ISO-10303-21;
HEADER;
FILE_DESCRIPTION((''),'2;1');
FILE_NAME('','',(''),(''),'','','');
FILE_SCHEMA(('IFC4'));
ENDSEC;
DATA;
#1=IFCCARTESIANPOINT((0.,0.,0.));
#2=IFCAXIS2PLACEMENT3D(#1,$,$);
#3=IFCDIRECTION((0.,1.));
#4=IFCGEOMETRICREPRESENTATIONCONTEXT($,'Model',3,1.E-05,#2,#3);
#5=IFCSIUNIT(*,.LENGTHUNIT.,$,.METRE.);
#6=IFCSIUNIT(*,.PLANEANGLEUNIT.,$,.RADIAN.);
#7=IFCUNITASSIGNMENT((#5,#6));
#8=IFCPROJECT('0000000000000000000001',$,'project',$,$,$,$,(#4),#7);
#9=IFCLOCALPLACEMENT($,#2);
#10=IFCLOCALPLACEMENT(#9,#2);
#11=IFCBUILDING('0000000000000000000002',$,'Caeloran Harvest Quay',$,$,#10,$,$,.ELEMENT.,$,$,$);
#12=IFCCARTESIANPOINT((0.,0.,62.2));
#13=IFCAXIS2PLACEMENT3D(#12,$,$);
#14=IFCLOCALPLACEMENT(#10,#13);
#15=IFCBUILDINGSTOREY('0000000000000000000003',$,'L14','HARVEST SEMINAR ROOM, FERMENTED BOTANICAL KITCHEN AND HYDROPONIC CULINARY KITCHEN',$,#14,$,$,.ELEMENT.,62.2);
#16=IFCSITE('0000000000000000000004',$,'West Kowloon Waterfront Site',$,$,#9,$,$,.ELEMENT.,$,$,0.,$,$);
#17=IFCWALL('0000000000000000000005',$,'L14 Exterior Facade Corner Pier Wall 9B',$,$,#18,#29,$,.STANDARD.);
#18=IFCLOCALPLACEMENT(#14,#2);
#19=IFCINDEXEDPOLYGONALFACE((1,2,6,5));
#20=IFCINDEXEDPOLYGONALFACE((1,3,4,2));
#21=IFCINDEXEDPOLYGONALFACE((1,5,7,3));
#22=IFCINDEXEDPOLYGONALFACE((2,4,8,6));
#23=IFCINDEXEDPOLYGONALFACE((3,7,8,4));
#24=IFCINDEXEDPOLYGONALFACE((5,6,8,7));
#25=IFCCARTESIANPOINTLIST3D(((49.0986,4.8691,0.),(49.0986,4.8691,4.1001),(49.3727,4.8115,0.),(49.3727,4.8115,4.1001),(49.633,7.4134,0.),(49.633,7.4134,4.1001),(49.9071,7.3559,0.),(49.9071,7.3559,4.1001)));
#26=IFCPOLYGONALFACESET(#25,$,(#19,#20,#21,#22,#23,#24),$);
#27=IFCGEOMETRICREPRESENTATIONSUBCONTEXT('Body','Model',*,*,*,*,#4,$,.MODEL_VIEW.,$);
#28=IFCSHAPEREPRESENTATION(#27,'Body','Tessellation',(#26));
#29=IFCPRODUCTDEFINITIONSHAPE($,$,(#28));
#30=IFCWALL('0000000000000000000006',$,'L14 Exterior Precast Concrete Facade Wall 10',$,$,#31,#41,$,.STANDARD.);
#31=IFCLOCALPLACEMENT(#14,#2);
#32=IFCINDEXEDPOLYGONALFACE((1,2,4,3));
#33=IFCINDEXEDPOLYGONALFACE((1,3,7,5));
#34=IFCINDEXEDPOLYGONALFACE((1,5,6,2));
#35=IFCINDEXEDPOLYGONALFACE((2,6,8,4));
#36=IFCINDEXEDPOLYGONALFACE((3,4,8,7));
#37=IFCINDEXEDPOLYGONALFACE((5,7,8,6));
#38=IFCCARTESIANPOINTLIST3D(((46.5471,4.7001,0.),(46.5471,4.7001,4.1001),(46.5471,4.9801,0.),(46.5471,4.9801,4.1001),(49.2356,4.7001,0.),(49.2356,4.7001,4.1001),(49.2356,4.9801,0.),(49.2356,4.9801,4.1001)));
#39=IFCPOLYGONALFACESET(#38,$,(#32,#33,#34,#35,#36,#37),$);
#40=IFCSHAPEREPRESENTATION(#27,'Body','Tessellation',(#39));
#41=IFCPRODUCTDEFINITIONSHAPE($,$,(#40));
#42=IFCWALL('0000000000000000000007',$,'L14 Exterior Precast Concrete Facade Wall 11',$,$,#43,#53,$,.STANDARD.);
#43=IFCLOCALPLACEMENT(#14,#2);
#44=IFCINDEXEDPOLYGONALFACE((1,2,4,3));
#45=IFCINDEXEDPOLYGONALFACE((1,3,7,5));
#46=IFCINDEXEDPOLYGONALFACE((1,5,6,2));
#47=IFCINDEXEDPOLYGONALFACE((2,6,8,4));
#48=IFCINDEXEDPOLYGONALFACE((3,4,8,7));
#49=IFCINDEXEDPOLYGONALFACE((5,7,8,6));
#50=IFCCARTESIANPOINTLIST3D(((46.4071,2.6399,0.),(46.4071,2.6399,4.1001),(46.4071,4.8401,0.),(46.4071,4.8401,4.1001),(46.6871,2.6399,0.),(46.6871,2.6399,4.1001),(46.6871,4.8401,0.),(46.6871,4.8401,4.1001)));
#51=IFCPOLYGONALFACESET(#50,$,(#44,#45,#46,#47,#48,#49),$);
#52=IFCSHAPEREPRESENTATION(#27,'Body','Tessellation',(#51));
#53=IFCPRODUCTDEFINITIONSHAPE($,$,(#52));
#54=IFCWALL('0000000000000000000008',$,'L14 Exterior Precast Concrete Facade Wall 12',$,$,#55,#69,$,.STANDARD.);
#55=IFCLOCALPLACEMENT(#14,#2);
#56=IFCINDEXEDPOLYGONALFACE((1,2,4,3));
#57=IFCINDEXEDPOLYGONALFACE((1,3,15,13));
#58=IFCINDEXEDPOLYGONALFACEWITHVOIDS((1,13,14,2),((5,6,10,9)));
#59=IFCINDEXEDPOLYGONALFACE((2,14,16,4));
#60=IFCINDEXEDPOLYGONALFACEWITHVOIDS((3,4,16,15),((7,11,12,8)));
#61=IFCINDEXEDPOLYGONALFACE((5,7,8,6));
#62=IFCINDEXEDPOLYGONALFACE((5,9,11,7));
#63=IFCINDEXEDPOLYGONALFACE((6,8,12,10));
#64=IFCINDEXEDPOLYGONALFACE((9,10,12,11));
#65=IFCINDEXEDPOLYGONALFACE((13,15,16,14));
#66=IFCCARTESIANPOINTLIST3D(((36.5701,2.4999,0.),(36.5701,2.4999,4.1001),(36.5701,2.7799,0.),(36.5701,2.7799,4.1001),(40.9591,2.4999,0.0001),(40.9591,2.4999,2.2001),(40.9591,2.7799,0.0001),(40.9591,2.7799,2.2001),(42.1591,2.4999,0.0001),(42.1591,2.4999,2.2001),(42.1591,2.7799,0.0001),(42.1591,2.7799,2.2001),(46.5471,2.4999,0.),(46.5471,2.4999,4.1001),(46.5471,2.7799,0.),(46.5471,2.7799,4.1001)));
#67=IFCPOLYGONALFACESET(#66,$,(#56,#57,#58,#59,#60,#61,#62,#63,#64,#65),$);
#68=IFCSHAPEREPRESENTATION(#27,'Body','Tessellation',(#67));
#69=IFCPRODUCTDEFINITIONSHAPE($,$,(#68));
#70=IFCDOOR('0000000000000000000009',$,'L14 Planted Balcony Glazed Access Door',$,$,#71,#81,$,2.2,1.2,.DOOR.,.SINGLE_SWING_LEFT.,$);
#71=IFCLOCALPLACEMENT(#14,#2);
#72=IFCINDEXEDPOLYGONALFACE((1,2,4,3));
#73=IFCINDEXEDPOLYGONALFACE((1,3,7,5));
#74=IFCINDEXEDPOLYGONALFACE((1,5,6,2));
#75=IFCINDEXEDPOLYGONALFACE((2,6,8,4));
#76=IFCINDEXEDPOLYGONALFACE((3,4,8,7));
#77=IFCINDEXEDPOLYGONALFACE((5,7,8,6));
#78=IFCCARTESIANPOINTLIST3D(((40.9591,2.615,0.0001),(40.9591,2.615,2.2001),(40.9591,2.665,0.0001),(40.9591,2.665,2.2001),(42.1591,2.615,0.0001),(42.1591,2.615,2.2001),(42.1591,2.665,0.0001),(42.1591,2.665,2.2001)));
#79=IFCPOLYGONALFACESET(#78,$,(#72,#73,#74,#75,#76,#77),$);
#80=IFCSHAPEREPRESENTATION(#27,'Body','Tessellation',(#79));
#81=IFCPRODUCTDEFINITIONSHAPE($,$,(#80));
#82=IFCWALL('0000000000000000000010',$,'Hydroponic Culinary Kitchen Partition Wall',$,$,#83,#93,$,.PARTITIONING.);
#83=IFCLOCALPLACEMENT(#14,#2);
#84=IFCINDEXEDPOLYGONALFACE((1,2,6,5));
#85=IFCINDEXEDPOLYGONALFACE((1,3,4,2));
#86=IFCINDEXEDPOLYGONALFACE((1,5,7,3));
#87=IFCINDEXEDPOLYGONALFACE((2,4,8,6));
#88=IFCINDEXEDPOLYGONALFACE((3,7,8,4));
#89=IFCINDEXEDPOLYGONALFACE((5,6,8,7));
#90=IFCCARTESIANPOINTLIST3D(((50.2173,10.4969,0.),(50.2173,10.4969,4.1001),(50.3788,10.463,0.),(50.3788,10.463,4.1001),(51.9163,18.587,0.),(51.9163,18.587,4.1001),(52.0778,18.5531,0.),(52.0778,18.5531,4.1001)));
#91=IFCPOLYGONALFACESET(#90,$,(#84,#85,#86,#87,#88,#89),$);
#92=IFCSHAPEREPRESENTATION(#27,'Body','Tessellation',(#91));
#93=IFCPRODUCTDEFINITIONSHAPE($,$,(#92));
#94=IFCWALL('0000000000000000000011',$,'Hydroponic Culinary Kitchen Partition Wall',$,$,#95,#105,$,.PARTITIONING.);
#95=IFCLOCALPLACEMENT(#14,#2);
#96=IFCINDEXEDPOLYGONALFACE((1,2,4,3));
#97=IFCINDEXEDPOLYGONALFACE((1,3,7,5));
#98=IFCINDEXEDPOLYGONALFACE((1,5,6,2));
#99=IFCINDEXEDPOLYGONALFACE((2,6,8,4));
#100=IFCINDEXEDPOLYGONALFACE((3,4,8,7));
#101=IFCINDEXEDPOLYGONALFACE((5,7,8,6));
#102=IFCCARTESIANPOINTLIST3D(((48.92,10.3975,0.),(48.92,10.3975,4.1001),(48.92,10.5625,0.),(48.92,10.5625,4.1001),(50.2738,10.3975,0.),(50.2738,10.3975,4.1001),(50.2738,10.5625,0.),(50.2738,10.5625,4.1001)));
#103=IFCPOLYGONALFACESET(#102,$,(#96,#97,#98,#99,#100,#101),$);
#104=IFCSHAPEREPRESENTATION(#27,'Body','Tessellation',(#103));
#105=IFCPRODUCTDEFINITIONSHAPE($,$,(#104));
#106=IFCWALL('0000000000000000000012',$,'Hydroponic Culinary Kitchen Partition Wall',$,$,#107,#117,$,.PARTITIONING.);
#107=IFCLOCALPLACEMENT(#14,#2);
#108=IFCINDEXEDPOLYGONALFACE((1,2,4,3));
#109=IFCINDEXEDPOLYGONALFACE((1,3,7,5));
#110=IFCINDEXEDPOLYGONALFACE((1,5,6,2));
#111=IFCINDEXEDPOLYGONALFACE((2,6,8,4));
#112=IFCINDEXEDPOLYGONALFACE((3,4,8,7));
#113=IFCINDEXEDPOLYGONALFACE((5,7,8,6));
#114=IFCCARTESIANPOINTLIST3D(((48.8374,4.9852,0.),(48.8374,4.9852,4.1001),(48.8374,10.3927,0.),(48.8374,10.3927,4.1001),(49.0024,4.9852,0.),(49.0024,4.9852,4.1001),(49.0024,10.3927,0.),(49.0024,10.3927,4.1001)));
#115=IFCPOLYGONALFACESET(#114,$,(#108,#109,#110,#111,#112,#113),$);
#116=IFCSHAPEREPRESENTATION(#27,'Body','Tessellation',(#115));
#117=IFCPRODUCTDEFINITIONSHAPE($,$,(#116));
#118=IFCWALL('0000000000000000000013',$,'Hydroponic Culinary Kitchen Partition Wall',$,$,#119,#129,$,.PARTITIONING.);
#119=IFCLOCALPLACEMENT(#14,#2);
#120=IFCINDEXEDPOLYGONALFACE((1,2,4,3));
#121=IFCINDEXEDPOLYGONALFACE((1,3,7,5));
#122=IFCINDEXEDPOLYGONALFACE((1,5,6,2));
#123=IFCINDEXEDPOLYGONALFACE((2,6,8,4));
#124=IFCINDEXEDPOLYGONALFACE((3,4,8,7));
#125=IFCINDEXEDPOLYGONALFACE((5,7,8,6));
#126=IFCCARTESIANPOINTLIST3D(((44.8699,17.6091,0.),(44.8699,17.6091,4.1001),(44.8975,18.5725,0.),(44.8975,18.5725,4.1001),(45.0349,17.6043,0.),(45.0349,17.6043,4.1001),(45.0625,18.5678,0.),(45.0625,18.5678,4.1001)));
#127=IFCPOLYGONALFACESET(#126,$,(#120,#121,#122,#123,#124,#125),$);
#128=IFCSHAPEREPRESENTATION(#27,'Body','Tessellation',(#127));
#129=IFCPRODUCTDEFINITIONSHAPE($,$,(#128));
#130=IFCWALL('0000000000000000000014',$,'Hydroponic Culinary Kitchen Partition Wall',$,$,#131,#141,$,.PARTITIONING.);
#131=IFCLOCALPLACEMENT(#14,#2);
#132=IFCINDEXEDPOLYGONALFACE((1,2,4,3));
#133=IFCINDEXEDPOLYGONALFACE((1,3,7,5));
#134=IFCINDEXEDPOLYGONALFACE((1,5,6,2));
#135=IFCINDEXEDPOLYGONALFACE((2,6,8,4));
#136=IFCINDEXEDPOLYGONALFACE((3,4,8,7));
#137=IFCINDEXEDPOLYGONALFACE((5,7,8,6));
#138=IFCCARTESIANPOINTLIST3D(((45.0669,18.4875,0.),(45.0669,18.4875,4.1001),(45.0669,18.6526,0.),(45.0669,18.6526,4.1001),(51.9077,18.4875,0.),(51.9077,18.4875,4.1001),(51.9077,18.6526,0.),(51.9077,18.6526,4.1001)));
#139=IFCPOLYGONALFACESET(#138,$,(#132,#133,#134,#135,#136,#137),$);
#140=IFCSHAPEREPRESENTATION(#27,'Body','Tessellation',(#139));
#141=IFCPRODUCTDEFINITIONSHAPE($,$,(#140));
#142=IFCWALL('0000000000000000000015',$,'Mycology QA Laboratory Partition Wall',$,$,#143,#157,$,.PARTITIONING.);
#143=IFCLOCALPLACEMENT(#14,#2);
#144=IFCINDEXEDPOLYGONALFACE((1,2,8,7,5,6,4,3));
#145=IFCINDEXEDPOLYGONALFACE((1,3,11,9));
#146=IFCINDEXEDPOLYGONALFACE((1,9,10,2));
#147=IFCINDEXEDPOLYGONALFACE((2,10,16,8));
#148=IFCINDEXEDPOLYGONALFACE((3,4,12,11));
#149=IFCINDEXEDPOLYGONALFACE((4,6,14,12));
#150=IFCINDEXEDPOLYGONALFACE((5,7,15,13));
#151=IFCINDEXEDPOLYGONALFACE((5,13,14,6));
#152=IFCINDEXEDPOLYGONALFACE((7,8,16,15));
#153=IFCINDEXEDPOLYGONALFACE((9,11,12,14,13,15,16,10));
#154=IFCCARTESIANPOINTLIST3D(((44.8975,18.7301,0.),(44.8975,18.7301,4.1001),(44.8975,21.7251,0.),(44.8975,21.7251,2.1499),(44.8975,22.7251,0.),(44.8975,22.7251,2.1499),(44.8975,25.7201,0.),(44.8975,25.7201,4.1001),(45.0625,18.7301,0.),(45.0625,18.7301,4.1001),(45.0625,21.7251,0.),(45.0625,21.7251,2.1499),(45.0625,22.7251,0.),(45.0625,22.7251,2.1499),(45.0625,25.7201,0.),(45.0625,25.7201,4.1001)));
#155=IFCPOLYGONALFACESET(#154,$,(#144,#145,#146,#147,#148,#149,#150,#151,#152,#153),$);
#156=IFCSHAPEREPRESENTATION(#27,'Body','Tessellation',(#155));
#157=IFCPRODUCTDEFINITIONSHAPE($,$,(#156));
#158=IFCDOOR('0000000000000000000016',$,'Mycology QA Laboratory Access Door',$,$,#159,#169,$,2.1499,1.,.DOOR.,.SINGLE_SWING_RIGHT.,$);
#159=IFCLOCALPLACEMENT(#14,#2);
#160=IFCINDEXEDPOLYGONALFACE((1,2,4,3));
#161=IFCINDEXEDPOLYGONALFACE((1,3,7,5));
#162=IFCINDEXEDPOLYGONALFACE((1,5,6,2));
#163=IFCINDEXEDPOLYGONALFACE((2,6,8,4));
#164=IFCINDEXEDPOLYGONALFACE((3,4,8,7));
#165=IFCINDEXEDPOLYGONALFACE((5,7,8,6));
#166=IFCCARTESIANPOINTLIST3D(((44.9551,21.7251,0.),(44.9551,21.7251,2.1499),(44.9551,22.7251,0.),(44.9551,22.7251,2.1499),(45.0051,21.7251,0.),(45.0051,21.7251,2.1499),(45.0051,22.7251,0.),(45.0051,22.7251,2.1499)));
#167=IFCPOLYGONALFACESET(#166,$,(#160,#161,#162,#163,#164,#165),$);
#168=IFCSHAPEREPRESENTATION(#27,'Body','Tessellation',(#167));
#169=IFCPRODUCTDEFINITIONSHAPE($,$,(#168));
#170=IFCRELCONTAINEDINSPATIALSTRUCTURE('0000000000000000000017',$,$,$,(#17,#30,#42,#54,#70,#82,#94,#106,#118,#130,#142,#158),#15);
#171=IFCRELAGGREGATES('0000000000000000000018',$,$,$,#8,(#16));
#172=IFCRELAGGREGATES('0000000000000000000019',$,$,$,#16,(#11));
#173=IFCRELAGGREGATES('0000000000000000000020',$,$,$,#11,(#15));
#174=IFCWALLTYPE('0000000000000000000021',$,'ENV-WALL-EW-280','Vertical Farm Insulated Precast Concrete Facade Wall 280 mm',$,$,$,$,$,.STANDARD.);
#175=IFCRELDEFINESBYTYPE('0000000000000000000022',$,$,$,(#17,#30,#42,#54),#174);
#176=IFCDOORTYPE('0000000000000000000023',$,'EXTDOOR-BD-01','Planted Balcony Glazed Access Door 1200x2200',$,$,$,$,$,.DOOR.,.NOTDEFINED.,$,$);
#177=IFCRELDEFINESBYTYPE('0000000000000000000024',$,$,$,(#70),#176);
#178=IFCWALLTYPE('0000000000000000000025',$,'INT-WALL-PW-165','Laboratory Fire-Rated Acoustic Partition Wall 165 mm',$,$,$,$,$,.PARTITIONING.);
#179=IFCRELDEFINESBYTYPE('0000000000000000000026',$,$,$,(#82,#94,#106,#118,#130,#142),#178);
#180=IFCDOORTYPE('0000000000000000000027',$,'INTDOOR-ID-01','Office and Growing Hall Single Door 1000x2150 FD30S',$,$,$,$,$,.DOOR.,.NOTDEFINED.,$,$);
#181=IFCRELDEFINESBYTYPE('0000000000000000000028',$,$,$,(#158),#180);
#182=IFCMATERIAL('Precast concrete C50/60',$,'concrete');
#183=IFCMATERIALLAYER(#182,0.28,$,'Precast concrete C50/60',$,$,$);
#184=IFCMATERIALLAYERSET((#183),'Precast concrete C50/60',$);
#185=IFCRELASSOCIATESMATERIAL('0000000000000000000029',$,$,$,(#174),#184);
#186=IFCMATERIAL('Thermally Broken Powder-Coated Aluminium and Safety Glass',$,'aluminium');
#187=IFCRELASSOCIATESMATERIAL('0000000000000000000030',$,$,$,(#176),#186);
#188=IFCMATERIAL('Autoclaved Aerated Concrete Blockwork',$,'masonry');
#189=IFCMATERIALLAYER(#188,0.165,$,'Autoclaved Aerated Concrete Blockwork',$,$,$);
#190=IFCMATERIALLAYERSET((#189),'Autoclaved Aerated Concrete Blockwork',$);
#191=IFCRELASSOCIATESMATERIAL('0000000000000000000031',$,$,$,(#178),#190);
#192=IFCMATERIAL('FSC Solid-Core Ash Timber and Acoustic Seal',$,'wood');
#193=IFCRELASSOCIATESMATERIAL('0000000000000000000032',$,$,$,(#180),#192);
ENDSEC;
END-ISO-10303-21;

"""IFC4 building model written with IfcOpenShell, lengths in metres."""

from ifc_helpers import new_model, si_unit, direction, frame, frame_2d, origin, place, context, subcontext, project, spatial, rectangle, extrude, material, layer, layer_set, type_object, element, fill, save


model = new_model("IFC4")

# Units and contexts
model_context = context("Model", 3, precision=1e-05, world=origin(), true_north=direction((0.0, 1.0)))
body_context = subcontext(model_context, "Body", "Model", "MODEL_VIEW")
ifc_project = project(units=[si_unit("LENGTHUNIT", "METRE"), si_unit("PLANEANGLEUNIT", "RADIAN")], contexts=[model_context])

# Site, building, storey
site_placement = place(None, origin())
site = spatial("IfcSite", under=ifc_project, at=site_placement, Name="West Kowloon Waterfront Site", CompositionType="ELEMENT", RefElevation=0.0)
building_placement = place(site_placement, origin())
building = spatial("IfcBuilding", under=site, at=building_placement, Name="Caeloran Harvest Quay", CompositionType="ELEMENT")
storey_placement = place(building_placement, frame((0.0, 0.0, 62.2)))
storey = spatial("IfcBuildingStorey", under=building, at=storey_placement, Name="L14", Description="HARVEST SEMINAR ROOM, FERMENTED BOTANICAL KITCHEN AND HYDROPONIC CULINARY KITCHEN", CompositionType="ELEMENT", Elevation=62.2)

# Shared definitions
ifc_material_1 = material(Name="Precast concrete C50/60", Category="concrete")

# Walls
ifc_layer_1 = layer(ifc_material_1, 0.28, Name="Precast concrete C50/60")
ifc_layer_set_1 = layer_set([ifc_layer_1], Name="Precast concrete C50/60")
wall_type_1 = type_object("IfcWallType", Name="ENV-WALL-EW-280", Description="Vertical Farm Insulated Precast Concrete Facade Wall 280 mm", PredefinedType="STANDARD", material=ifc_layer_set_1)
wall_1_placement = place(storey_placement, frame((49.77, 7.3845, 0.0), z_axis=(0.0, 0.0, 1.0), x_axis=(-0.205551, -0.978646, 0.0)))
element("IfcWall", 1, at=wall_1_placement, inside=storey, type_object=wall_type_1, Name="L14 Exterior Facade Corner Pier Wall 9B", PredefinedType="STANDARD", context=body_context, shape_type="SweptSolid", body=[
    extrude(rectangle(XDim=2.5999, YDim=0.28, at=frame_2d((1.2998, 0.0))), origin(), (0.0, 0.0, 1.0), 4.1001),
])
wall_2_placement = place(storey_placement, frame((49.2356, 4.8401, 0.0), z_axis=(0.0, 0.0, 1.0), x_axis=(-1.0, 0.0, 0.0)))
element("IfcWall", 2, at=wall_2_placement, inside=storey, type_object=wall_type_1, Name="L14 Exterior Precast Concrete Facade Wall 10", PredefinedType="STANDARD", context=body_context, shape_type="SweptSolid", body=[
    extrude(rectangle(XDim=2.6885, YDim=0.28, at=frame_2d((1.3442, 0.0))), origin(), (0.0, 0.0, 1.0), 4.1001),
])
wall_3_placement = place(storey_placement, frame((46.5471, 4.8401, 0.0), z_axis=(0.0, 0.0, 1.0), x_axis=(0.0, -1.0, 0.0)))
element("IfcWall", 3, at=wall_3_placement, inside=storey, type_object=wall_type_1, Name="L14 Exterior Precast Concrete Facade Wall 11", PredefinedType="STANDARD", context=body_context, shape_type="SweptSolid", body=[
    extrude(rectangle(XDim=2.2002, YDim=0.28, at=frame_2d((1.1001, 0.0))), origin(), (0.0, 0.0, 1.0), 4.1001),
])

# Wall, opening, door
wall_4_placement = place(storey_placement, frame((46.5471, 2.6399, 0.0), z_axis=(0.0, 0.0, 1.0), x_axis=(-1.0, 0.0, 0.0)))
wall_4 = element("IfcWall", 4, at=wall_4_placement, inside=storey, type_object=wall_type_1, Name="L14 Exterior Precast Concrete Facade Wall 12", PredefinedType="STANDARD", context=body_context, shape_type="SweptSolid", body=[
    extrude(rectangle(XDim=9.9771, YDim=0.28, at=frame_2d((4.9885, 0.0))), origin(), (0.0, 0.0, 1.0), 4.1001),
])
opening_1_placement = place(wall_4_placement, frame((4.3879, 0.0, 0.0)))
opening_1 = element("IfcOpeningElement", 5, at=opening_1_placement, cuts=wall_4, PredefinedType="OPENING", context=body_context, shape_type="SweptSolid", body=[
    extrude(rectangle(XDim=1.2, YDim=2.2, at=frame_2d((0.6001, 1.1001))), frame((0.0, 0.1499, 0.0), z_axis=(0.0, -1.0, 0.0), x_axis=(1.0, 0.0, 0.0)), (0.0, 0.0, 1.0), 0.3),
])
ifc_material_2 = material(Name="Thermally Broken Powder-Coated Aluminium and Safety Glass", Category="aluminium")
door_type_1 = type_object("IfcDoorType", Name="EXTDOOR-BD-01", Description="Planted Balcony Glazed Access Door 1200x2200", OperationType="NOTDEFINED", PredefinedType="DOOR", material=ifc_material_2)
door_1_placement = place(opening_1_placement, origin())
door_1 = element("IfcDoor", 6, at=door_1_placement, inside=storey, type_object=door_type_1, Name="L14 Planted Balcony Glazed Access Door", OperationType="SINGLE_SWING_LEFT", OverallHeight=2.2, OverallWidth=1.2, PredefinedType="DOOR", context=body_context, shape_type="SweptSolid", body=[
    extrude(rectangle(XDim=1.2, YDim=2.2, at=frame_2d((0.6001, 1.1001))), frame((0.0, 0.0249, 0.0), z_axis=(0.0, -1.0, 0.0), x_axis=(1.0, 0.0, 0.0)), (0.0, 0.0, 1.0), 0.05),
])
fill(opening_1, door_1)

# Walls
ifc_material_3 = material(Name="Autoclaved Aerated Concrete Blockwork", Category="masonry")
ifc_layer_2 = layer(ifc_material_3, 0.165, Name="Autoclaved Aerated Concrete Blockwork")
ifc_layer_set_2 = layer_set([ifc_layer_2], Name="Autoclaved Aerated Concrete Blockwork")
wall_type_2 = type_object("IfcWallType", Name="INT-WALL-PW-165", Description="Laboratory Fire-Rated Acoustic Partition Wall 165 mm", PredefinedType="PARTITIONING", material=ifc_layer_set_2)
wall_5_placement = place(storey_placement, frame((51.9971, 18.5701, 0.0), z_axis=(0.0, 0.0, 1.0), x_axis=(-0.205524, -0.978652, 0.0)))
element("IfcWall", 7, at=wall_5_placement, inside=storey, type_object=wall_type_2, Name="Hydroponic Culinary Kitchen Partition Wall", PredefinedType="PARTITIONING", context=body_context, shape_type="SweptSolid", body=[
    extrude(rectangle(XDim=8.2666, YDim=0.165, at=frame_2d((4.1333, 0.0))), origin(), (0.0, 0.0, 1.0), 4.1001),
])
wall_6_placement = place(storey_placement, frame((50.2737, 10.48, 0.0), z_axis=(0.0, 0.0, 1.0), x_axis=(-1.0, 0.0, 0.0)))
element("IfcWall", 8, at=wall_6_placement, inside=storey, type_object=wall_type_2, Name="Hydroponic Culinary Kitchen Partition Wall", PredefinedType="PARTITIONING", context=body_context, shape_type="SweptSolid", body=[
    extrude(rectangle(XDim=1.3538, YDim=0.165, at=frame_2d((0.6768, 0.0))), origin(), (0.0, 0.0, 1.0), 4.1001),
])
wall_7_placement = place(storey_placement, frame((48.9199, 10.3926, 0.0), z_axis=(0.0, 0.0, 1.0), x_axis=(0.0, -1.0, 0.0)))
element("IfcWall", 9, at=wall_7_placement, inside=storey, type_object=wall_type_2, Name="Hydroponic Culinary Kitchen Partition Wall", PredefinedType="PARTITIONING", context=body_context, shape_type="SweptSolid", body=[
    extrude(rectangle(XDim=5.4075, YDim=0.165, at=frame_2d((2.7036, 0.0))), origin(), (0.0, 0.0, 1.0), 4.1001),
])
wall_8_placement = place(storey_placement, frame((44.9524, 17.6067, 0.0), z_axis=(0.0, 0.0, 1.0), x_axis=(0.028625, 0.99959, 0.0)))
element("IfcWall", 10, at=wall_8_placement, inside=storey, type_object=wall_type_2, Name="Hydroponic Culinary Kitchen Partition Wall", PredefinedType="PARTITIONING", context=body_context, shape_type="SweptSolid", body=[
    extrude(rectangle(XDim=0.9639, YDim=0.165, at=frame_2d((0.4819, 0.0))), origin(), (0.0, 0.0, 1.0), 4.1001),
])
wall_9_placement = place(storey_placement, frame((45.0669, 18.5701, 0.0), z_axis=(0.0, 0.0, 1.0), x_axis=(1.0, 0.0, 0.0)))
element("IfcWall", 11, at=wall_9_placement, inside=storey, type_object=wall_type_2, Name="Hydroponic Culinary Kitchen Partition Wall", PredefinedType="PARTITIONING", context=body_context, shape_type="SweptSolid", body=[
    extrude(rectangle(XDim=6.8408, YDim=0.165, at=frame_2d((3.4204, 0.0))), origin(), (0.0, 0.0, 1.0), 4.1001),
])

# Wall, opening, door
wall_10_placement = place(storey_placement, frame((44.98, 18.73, 0.0), z_axis=(0.0, 0.0, 1.0), x_axis=(0.0, 1.0, 0.0)))
wall_10 = element("IfcWall", 12, at=wall_10_placement, inside=storey, type_object=wall_type_2, Name="Mycology QA Laboratory Partition Wall", PredefinedType="PARTITIONING", context=body_context, shape_type="SweptSolid", body=[
    extrude(rectangle(XDim=6.99, YDim=0.165, at=frame_2d((3.4951, 0.0))), origin(), (0.0, 0.0, 1.0), 4.1001),
])
opening_2_placement = place(wall_10_placement, frame((2.9951, 0.0, 0.0)))
opening_2 = element("IfcOpeningElement", 13, at=opening_2_placement, cuts=wall_10, PredefinedType="OPENING", context=body_context, shape_type="SweptSolid", body=[
    extrude(rectangle(XDim=1.0, YDim=2.1499, at=frame_2d((0.5, 1.075))), frame((0.0, 0.0925, 0.0), z_axis=(0.0, -1.0, 0.0), x_axis=(1.0, 0.0, 0.0)), (0.0, 0.0, 1.0), 0.1851),
])
ifc_material_4 = material(Name="FSC Solid-Core Ash Timber and Acoustic Seal", Category="wood")
door_type_2 = type_object("IfcDoorType", Name="INTDOOR-ID-01", Description="Office and Growing Hall Single Door 1000x2150 FD30S", OperationType="NOTDEFINED", PredefinedType="DOOR", material=ifc_material_4)
door_2_placement = place(opening_2_placement, origin())
door_2 = element("IfcDoor", 14, at=door_2_placement, inside=storey, type_object=door_type_2, Name="Mycology QA Laboratory Access Door", OperationType="SINGLE_SWING_RIGHT", OverallHeight=2.1499, OverallWidth=1.0, PredefinedType="DOOR", context=body_context, shape_type="SweptSolid", body=[
    extrude(rectangle(XDim=1.0, YDim=2.1499, at=frame_2d((0.5, 1.075))), frame((0.0, 0.0249, 0.0), z_axis=(0.0, -1.0, 0.0), x_axis=(1.0, 0.0, 0.0)), (0.0, 0.0, 1.0), 0.05),
])
fill(opening_2, door_2)

save(model, "model.ifc")
